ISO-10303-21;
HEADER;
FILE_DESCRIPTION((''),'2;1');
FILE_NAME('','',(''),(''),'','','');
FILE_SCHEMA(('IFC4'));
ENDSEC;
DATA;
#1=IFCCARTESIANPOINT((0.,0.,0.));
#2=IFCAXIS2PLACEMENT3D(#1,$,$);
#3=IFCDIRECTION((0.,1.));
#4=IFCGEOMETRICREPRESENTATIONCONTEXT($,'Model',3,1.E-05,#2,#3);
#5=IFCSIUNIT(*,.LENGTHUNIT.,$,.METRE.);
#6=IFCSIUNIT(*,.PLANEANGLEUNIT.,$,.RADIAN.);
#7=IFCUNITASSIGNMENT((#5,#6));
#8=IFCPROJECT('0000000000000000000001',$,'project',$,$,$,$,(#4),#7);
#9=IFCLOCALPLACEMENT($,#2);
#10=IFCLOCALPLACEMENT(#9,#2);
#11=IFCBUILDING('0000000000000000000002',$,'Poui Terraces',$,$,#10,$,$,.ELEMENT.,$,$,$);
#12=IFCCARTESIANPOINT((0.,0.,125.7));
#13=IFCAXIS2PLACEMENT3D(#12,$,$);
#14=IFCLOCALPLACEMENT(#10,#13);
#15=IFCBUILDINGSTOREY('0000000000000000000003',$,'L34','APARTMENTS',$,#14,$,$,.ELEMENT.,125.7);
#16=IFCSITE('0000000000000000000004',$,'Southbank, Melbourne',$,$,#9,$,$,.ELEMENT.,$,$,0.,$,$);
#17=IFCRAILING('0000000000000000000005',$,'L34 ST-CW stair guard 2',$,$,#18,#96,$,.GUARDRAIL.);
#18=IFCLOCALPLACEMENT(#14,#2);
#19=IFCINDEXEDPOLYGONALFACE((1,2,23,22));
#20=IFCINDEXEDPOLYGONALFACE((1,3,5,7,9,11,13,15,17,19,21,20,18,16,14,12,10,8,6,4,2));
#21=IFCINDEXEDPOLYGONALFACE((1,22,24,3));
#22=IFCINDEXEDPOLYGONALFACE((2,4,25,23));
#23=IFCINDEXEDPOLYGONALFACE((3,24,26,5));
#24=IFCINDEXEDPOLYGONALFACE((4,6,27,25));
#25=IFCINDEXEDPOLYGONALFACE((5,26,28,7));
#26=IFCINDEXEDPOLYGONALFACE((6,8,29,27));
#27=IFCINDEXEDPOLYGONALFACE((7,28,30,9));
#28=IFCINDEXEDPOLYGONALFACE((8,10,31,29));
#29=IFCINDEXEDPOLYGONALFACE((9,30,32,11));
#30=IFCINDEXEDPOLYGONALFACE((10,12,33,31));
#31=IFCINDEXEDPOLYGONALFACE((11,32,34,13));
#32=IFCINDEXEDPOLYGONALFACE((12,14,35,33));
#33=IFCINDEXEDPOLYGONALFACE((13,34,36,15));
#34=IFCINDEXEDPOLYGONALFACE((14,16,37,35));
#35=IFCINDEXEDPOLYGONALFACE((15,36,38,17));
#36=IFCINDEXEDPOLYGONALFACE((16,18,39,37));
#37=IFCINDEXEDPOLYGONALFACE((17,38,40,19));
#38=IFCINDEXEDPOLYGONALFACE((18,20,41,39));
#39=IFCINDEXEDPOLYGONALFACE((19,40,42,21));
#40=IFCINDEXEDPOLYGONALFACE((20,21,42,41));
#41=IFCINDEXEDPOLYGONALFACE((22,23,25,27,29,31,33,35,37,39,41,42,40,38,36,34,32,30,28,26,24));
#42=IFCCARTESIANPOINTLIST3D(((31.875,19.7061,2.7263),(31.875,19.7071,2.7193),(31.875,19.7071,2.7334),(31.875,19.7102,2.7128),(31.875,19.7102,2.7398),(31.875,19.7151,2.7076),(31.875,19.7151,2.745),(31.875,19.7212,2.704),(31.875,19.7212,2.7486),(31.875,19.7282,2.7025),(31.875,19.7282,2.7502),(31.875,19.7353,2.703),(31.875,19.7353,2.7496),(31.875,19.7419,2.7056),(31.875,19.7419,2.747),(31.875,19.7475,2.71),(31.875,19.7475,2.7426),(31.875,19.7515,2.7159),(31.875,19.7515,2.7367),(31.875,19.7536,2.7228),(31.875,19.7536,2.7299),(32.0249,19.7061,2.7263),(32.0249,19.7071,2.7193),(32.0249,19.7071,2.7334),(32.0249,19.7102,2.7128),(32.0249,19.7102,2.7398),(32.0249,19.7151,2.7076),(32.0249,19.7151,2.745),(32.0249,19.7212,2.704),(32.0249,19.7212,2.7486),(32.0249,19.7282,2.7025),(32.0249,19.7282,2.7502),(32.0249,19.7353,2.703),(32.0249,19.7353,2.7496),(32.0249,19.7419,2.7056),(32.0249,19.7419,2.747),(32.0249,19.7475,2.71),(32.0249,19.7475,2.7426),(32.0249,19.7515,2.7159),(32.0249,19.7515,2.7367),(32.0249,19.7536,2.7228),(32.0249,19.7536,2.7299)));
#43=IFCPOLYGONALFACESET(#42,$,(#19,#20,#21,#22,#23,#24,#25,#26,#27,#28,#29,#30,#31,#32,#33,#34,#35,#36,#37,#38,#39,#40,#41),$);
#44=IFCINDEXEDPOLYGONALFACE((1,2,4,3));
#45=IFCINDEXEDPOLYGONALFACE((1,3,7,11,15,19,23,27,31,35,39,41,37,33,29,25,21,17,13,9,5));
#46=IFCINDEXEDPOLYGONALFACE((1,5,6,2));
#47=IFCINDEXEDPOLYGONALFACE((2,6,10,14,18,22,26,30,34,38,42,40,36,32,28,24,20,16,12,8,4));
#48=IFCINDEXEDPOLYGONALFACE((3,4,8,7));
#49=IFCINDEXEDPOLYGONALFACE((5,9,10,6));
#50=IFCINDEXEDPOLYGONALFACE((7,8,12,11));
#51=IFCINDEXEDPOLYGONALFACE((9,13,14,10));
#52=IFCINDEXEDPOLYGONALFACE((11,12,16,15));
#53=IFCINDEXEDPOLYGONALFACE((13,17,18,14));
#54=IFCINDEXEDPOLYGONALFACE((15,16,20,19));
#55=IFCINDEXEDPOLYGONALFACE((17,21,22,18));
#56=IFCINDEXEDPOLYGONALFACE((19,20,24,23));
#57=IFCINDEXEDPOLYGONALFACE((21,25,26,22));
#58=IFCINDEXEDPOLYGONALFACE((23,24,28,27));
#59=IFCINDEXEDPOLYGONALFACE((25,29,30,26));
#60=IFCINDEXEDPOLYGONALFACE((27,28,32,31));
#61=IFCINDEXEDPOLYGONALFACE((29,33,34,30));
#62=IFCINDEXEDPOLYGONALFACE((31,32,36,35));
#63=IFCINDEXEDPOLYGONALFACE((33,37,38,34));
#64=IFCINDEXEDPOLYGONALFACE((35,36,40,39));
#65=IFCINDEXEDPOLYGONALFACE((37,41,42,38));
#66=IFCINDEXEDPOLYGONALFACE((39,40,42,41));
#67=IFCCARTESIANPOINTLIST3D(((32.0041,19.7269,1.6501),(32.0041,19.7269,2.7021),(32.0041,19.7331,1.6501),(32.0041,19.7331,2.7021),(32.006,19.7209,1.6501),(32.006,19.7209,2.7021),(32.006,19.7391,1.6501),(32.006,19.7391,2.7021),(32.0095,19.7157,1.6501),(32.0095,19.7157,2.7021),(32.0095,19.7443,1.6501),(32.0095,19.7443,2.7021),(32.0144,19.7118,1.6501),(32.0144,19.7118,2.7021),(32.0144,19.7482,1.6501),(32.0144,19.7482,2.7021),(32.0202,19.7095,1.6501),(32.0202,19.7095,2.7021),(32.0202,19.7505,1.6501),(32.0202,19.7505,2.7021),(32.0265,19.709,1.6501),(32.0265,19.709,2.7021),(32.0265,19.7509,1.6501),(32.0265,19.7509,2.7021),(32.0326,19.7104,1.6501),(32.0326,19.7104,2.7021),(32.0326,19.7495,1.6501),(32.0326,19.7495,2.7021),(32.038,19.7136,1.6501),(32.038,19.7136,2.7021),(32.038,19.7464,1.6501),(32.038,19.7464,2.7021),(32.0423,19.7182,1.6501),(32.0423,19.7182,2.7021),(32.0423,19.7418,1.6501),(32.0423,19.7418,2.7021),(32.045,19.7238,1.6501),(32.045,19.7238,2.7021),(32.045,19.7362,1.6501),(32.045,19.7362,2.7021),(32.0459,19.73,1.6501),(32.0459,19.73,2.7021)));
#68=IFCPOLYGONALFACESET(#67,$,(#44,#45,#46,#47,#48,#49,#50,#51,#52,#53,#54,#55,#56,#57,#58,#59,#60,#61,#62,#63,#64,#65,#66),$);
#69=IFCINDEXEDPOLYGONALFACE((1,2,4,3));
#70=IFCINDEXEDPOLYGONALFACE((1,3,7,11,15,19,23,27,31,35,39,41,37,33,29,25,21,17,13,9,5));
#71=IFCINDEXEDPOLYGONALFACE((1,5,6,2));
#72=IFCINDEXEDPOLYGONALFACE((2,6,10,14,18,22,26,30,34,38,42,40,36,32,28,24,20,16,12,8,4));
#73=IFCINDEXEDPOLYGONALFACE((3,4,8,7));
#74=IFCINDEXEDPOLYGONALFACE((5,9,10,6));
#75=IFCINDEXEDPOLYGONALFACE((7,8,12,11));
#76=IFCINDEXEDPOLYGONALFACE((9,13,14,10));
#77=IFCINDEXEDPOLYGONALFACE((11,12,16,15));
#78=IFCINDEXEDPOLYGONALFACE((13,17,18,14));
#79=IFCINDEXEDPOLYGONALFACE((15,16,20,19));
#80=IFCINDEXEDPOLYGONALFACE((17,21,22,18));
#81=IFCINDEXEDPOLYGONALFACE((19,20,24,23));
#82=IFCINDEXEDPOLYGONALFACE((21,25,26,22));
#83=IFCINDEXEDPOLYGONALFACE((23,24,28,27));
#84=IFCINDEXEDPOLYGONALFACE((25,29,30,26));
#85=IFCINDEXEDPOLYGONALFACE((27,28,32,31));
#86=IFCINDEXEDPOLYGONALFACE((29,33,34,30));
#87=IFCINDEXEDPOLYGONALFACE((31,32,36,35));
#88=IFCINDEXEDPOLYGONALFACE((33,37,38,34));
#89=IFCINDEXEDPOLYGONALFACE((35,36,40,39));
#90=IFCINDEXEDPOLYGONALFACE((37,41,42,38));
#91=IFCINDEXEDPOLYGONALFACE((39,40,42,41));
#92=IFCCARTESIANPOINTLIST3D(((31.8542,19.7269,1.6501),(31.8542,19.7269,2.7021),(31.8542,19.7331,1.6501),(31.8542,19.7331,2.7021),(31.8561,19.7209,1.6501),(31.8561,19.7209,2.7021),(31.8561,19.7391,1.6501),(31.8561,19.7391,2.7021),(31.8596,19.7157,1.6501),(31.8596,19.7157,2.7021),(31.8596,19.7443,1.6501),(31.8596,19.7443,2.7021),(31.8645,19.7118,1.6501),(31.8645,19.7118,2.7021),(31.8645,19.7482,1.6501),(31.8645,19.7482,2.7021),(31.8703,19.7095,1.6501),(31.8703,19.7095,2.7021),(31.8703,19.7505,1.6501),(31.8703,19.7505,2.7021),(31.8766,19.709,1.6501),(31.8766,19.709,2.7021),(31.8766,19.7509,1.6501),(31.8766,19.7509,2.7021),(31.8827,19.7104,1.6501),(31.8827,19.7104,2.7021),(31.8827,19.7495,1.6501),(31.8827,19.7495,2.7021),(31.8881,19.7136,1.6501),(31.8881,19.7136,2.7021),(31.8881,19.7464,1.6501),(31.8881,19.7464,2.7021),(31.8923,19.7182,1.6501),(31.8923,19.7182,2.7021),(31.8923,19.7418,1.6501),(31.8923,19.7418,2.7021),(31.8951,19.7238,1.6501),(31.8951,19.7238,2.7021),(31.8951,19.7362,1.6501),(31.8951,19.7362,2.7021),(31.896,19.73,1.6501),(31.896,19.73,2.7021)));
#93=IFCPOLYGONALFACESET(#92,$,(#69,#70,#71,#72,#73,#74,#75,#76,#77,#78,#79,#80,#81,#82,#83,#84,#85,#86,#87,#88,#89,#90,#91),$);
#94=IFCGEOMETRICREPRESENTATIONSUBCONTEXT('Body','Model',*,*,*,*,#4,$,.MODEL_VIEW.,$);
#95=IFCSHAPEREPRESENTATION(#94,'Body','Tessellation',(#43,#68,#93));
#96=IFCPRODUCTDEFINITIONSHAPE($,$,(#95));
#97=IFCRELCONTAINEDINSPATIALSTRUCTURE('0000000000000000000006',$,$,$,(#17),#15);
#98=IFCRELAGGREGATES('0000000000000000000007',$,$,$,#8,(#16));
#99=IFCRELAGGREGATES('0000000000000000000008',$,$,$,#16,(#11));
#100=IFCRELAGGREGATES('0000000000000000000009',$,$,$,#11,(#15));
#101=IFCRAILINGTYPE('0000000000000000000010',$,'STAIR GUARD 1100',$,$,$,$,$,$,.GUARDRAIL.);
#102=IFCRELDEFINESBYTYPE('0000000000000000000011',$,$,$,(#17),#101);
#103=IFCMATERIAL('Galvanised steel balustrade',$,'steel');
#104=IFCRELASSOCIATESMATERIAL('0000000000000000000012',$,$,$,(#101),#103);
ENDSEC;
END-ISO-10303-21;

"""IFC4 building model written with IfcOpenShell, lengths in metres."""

from ifc_helpers import new_model, si_unit, direction, frame, origin, origin_2d, place, context, subcontext, project, spatial, circle, extrude, material, type_object, element, save


model = new_model("IFC4")

# Units and contexts
model_context = context("Model", 3, precision=1e-05, world=origin(), true_north=direction((0.0, 1.0)))
body_context = subcontext(model_context, "Body", "Model", "MODEL_VIEW")
ifc_project = project(units=[si_unit("LENGTHUNIT", "METRE"), si_unit("PLANEANGLEUNIT", "RADIAN")], contexts=[model_context])

# Site, building, storey
site_placement = place(None, origin())
site = spatial("IfcSite", under=ifc_project, at=site_placement, Name="Southbank, Melbourne", CompositionType="ELEMENT", RefElevation=0.0)
building_placement = place(site_placement, origin())
building = spatial("IfcBuilding", under=site, at=building_placement, Name="Poui Terraces", CompositionType="ELEMENT")
storey_placement = place(building_placement, frame((0.0, 0.0, 125.7)))
storey = spatial("IfcBuildingStorey", under=building, at=storey_placement, Name="L34", Description="APARTMENTS", CompositionType="ELEMENT", Elevation=125.7)

# Railing
ifc_material_1 = material(Name="Galvanised steel balustrade", Category="steel")
railing_type_1 = type_object("IfcRailingType", Name="STAIR GUARD 1100", PredefinedType="GUARDRAIL", material=ifc_material_1)
railing_1_placement = place(storey_placement, frame((32.0249, 19.73, 1.6501)))
element("IfcRailing", 1, at=railing_1_placement, inside=storey, type_object=railing_type_1, Name="L34 ST-CW stair guard 2", PredefinedType="GUARDRAIL", context=body_context, shape_type="SweptSolid", body=[
    extrude(circle(Radius=0.0239, at=origin_2d()), frame((0.0, 0.0, 1.0762), z_axis=(-1.0, 0.0, 0.0), x_axis=(0.0, -1.0, 0.0)), (0.0, 0.0, 1.0), 0.1499),
    extrude(circle(Radius=0.021, at=origin_2d()), origin(), (0.0, 0.0, 1.0), 1.052),
    extrude(circle(Radius=0.021, at=origin_2d()), frame((-0.1499, 0.0, 0.0)), (0.0, 0.0, 1.0), 1.052),
])

save(model, "model.ifc")
